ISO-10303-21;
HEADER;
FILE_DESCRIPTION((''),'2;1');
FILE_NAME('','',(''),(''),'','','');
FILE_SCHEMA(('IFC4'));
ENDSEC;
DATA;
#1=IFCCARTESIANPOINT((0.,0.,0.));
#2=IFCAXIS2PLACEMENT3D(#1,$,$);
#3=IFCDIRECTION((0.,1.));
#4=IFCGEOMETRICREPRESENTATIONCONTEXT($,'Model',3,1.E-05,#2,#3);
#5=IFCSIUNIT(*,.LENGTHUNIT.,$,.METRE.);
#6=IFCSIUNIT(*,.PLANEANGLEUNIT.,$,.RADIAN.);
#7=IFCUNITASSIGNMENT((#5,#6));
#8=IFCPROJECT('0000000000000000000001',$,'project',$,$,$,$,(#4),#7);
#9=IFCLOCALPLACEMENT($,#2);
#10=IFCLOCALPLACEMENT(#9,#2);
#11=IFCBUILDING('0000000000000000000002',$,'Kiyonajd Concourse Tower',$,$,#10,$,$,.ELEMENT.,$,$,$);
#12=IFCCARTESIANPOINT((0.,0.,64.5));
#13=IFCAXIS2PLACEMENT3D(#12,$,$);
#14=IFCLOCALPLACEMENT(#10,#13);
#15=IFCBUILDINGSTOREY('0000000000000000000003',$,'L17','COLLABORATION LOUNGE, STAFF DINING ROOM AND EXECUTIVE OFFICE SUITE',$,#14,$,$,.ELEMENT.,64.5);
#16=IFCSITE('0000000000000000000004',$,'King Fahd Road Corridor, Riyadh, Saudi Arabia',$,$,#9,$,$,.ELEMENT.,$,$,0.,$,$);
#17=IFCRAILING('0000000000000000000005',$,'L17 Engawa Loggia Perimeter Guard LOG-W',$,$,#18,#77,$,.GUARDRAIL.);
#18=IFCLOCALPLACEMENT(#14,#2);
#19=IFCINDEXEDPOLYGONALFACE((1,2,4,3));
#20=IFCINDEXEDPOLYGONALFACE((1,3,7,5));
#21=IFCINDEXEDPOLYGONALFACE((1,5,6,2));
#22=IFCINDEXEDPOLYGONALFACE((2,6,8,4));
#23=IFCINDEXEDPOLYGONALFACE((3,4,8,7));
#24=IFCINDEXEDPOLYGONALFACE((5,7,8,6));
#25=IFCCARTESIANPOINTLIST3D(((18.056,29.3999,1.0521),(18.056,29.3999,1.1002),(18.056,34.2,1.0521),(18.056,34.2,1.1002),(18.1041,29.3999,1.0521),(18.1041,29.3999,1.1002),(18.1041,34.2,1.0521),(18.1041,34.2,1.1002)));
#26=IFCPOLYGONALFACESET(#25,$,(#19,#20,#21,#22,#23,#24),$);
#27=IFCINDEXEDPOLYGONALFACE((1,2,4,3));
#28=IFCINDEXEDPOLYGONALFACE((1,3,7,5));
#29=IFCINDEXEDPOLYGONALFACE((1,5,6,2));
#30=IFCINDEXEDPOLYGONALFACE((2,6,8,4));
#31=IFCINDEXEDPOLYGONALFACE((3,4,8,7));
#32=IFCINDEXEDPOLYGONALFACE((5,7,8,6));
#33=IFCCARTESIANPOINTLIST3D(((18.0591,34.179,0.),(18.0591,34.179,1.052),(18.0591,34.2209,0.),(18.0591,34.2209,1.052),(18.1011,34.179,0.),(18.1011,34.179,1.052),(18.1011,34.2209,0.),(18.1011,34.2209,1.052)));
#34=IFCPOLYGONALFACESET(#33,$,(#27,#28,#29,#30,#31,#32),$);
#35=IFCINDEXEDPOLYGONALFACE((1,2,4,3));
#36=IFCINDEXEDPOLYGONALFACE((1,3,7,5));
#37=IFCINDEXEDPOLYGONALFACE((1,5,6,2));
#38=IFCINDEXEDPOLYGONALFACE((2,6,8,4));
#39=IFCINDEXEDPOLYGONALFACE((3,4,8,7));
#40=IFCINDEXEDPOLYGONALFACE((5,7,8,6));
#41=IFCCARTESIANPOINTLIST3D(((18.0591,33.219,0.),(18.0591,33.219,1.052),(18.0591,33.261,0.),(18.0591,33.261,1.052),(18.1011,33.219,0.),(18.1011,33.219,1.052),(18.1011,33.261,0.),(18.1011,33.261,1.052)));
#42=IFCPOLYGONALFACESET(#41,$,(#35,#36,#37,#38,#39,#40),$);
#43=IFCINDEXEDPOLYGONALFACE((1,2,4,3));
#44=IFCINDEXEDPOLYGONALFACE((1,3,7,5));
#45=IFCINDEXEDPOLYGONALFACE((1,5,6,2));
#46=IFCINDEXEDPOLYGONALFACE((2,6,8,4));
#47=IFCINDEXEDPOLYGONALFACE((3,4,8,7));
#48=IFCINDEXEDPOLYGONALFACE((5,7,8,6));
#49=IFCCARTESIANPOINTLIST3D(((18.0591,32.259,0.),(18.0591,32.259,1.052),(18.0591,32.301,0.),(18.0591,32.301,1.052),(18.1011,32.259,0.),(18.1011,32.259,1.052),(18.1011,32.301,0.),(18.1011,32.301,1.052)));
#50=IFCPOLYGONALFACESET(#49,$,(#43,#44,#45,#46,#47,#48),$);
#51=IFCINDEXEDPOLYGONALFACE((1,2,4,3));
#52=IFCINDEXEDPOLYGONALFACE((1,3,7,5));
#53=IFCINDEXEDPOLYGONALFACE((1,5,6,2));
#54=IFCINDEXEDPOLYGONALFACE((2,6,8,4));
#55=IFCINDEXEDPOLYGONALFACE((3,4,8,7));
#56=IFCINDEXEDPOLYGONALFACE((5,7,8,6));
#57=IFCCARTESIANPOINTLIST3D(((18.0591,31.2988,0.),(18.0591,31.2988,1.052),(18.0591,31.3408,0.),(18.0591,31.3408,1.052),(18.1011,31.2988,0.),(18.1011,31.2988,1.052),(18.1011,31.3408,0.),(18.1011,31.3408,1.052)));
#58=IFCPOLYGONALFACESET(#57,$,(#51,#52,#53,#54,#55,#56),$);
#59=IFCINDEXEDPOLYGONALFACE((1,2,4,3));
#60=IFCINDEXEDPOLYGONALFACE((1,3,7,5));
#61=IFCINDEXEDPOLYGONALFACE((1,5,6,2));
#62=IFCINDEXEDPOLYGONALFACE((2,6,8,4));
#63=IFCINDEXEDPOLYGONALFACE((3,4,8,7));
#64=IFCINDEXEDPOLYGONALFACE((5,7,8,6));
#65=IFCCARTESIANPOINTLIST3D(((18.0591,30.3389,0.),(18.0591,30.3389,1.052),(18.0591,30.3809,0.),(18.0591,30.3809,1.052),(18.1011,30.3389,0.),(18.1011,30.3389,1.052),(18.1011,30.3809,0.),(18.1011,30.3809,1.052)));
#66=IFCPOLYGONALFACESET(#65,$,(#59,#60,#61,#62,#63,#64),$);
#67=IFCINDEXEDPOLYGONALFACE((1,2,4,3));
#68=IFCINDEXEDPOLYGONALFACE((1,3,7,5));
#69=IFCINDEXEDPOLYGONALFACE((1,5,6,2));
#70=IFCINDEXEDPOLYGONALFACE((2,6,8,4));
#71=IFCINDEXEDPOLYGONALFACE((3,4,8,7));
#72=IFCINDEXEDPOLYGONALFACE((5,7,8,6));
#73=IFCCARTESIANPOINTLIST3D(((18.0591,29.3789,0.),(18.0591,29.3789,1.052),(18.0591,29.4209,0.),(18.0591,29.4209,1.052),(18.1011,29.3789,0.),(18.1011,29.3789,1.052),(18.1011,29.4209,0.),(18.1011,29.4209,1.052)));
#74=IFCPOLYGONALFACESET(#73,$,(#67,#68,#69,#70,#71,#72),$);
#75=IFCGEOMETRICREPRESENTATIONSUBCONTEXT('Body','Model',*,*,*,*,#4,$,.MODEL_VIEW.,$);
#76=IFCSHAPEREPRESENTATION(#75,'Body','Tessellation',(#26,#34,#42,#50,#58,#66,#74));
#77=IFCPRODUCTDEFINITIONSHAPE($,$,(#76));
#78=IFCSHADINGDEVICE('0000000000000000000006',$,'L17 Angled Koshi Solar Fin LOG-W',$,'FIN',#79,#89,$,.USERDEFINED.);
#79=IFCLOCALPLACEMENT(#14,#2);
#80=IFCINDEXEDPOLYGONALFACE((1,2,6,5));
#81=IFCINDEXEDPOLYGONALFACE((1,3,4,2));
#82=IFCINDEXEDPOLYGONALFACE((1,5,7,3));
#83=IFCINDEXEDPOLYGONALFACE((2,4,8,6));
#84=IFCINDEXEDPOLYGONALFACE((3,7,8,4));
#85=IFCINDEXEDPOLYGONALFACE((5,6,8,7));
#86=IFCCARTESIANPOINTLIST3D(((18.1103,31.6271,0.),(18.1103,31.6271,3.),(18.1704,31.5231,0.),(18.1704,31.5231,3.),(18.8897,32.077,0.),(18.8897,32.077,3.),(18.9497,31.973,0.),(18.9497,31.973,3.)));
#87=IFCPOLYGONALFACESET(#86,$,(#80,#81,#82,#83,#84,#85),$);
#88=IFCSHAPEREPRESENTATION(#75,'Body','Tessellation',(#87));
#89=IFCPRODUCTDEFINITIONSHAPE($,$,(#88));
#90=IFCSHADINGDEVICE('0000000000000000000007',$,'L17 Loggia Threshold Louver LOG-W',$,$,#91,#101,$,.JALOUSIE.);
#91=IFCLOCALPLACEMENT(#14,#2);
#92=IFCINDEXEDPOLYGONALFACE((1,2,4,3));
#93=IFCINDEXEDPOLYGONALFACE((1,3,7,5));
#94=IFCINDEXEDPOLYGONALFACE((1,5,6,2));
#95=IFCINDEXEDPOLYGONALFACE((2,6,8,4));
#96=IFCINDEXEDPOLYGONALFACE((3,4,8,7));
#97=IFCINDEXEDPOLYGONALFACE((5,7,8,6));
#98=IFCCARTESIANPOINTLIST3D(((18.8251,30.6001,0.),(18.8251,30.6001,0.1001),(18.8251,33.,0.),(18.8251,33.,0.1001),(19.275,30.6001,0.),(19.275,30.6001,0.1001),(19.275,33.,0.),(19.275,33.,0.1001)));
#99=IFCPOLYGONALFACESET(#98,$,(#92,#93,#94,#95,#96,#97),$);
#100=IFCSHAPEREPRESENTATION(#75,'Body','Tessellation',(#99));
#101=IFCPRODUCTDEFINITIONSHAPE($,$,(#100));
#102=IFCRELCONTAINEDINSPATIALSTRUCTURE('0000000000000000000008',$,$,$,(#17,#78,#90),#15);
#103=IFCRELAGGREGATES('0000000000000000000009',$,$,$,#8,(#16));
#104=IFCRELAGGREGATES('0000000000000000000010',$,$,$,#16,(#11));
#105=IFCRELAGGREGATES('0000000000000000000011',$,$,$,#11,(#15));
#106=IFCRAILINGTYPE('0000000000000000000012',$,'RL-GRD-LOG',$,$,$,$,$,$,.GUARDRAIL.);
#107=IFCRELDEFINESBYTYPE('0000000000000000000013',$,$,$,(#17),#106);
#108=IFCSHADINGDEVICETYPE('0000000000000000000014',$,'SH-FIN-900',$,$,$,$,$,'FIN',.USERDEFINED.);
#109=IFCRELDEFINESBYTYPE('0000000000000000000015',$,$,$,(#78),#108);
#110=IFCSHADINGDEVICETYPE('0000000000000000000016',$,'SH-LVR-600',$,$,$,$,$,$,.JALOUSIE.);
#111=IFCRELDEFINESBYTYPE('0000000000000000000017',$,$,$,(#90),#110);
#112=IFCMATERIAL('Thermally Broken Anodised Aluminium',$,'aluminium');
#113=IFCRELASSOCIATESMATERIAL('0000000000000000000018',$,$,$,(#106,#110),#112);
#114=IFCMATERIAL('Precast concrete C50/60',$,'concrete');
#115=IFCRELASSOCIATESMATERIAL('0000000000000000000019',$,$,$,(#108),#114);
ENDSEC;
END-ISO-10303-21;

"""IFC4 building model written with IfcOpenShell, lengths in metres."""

from ifc_helpers import new_model, si_unit, direction, frame, origin, origin_2d, place, context, subcontext, project, spatial, rectangle, extrude, material, type_object, element, save


model = new_model("IFC4")

# Units and contexts
model_context = context("Model", 3, precision=1e-05, world=origin(), true_north=direction((0.0, 1.0)))
body_context = subcontext(model_context, "Body", "Model", "MODEL_VIEW")
ifc_project = project(units=[si_unit("LENGTHUNIT", "METRE"), si_unit("PLANEANGLEUNIT", "RADIAN")], contexts=[model_context])

# Site, building, storey
site_placement = place(None, origin())
site = spatial("IfcSite", under=ifc_project, at=site_placement, Name="King Fahd Road Corridor, Riyadh, Saudi Arabia", CompositionType="ELEMENT", RefElevation=0.0)
building_placement = place(site_placement, origin())
building = spatial("IfcBuilding", under=site, at=building_placement, Name="Kiyonajd Concourse Tower", CompositionType="ELEMENT")
storey_placement = place(building_placement, frame((0.0, 0.0, 64.5)))
storey = spatial("IfcBuildingStorey", under=building, at=storey_placement, Name="L17", Description="COLLABORATION LOUNGE, STAFF DINING ROOM AND EXECUTIVE OFFICE SUITE", CompositionType="ELEMENT", Elevation=64.5)

# Shared definitions
ifc_material_1 = material(Name="Precast concrete C50/60", Category="concrete")

# Shared definitions
ifc_material_2 = material(Name="Thermally Broken Anodised Aluminium", Category="aluminium")

# Railing
railing_type = type_object("IfcRailingType", Name="RL-GRD-LOG", PredefinedType="GUARDRAIL", material=ifc_material_2)
railing_placement = place(storey_placement, frame((18.0801, 34.2, 0.0)))
element("IfcRailing", 1, at=railing_placement, inside=storey, type_object=railing_type, Name="L17 Engawa Loggia Perimeter Guard LOG-W", PredefinedType="GUARDRAIL", context=body_context, shape_type="SweptSolid", body=[
    extrude(rectangle(XDim=0.0481, YDim=0.0481, at=origin_2d()), frame((0.0, 0.0, 1.0762), z_axis=(0.0, -1.0, 0.0), x_axis=(1.0, 0.0, 0.0)), (0.0, 0.0, 1.0), 4.8),
    extrude(rectangle(XDim=0.042, YDim=0.042, at=origin_2d()), origin(), (0.0, 0.0, 1.0), 1.052),
    extrude(rectangle(XDim=0.042, YDim=0.042, at=origin_2d()), frame((0.0, -0.96, 0.0)), (0.0, 0.0, 1.0), 1.052),
    extrude(rectangle(XDim=0.042, YDim=0.042, at=origin_2d()), frame((0.0, -1.9199, 0.0)), (0.0, 0.0, 1.0), 1.052),
    extrude(rectangle(XDim=0.042, YDim=0.042, at=origin_2d()), frame((0.0, -2.8801, 0.0)), (0.0, 0.0, 1.0), 1.052),
    extrude(rectangle(XDim=0.042, YDim=0.042, at=origin_2d()), frame((0.0, -3.8401, 0.0)), (0.0, 0.0, 1.0), 1.052),
    extrude(rectangle(XDim=0.042, YDim=0.042, at=origin_2d()), frame((0.0, -4.8, 0.0)), (0.0, 0.0, 1.0), 1.052),
])

# Shading devices
shading_device_type_1 = type_object("IfcShadingDeviceType", Name="SH-FIN-900", ElementType="FIN", PredefinedType="USERDEFINED", material=ifc_material_1)
shading_device_1_placement = place(storey_placement, frame((18.53, 31.8, 0.0), z_axis=(0.0, 0.0, 1.0), x_axis=(0.866025, 0.5, 0.0)))
element("IfcShadingDevice", 2, at=shading_device_1_placement, inside=storey, type_object=shading_device_type_1, Name="L17 Angled Koshi Solar Fin LOG-W", ObjectType="FIN", PredefinedType="USERDEFINED", context=body_context, shape_type="SweptSolid", body=[
    extrude(rectangle(XDim=0.8999, YDim=0.1201, at=origin_2d()), origin(), (0.0, 0.0, 1.0), 3.0),
])
shading_device_type_2 = type_object("IfcShadingDeviceType", Name="SH-LVR-600", PredefinedType="JALOUSIE", material=ifc_material_2)
shading_device_2_placement = place(storey_placement, frame((19.05, 31.8, 0.0), z_axis=(0.0, 0.0, 1.0), x_axis=(0.0, 1.0, 0.0)))
element("IfcShadingDevice", 3, at=shading_device_2_placement, inside=storey, type_object=shading_device_type_2, Name="L17 Loggia Threshold Louver LOG-W", PredefinedType="JALOUSIE", context=body_context, shape_type="SweptSolid", body=[
    extrude(rectangle(XDim=2.3999, YDim=0.45, at=origin_2d()), origin(), (0.0, 0.0, 1.0), 0.1001),
])

save(model, "model.ifc")
